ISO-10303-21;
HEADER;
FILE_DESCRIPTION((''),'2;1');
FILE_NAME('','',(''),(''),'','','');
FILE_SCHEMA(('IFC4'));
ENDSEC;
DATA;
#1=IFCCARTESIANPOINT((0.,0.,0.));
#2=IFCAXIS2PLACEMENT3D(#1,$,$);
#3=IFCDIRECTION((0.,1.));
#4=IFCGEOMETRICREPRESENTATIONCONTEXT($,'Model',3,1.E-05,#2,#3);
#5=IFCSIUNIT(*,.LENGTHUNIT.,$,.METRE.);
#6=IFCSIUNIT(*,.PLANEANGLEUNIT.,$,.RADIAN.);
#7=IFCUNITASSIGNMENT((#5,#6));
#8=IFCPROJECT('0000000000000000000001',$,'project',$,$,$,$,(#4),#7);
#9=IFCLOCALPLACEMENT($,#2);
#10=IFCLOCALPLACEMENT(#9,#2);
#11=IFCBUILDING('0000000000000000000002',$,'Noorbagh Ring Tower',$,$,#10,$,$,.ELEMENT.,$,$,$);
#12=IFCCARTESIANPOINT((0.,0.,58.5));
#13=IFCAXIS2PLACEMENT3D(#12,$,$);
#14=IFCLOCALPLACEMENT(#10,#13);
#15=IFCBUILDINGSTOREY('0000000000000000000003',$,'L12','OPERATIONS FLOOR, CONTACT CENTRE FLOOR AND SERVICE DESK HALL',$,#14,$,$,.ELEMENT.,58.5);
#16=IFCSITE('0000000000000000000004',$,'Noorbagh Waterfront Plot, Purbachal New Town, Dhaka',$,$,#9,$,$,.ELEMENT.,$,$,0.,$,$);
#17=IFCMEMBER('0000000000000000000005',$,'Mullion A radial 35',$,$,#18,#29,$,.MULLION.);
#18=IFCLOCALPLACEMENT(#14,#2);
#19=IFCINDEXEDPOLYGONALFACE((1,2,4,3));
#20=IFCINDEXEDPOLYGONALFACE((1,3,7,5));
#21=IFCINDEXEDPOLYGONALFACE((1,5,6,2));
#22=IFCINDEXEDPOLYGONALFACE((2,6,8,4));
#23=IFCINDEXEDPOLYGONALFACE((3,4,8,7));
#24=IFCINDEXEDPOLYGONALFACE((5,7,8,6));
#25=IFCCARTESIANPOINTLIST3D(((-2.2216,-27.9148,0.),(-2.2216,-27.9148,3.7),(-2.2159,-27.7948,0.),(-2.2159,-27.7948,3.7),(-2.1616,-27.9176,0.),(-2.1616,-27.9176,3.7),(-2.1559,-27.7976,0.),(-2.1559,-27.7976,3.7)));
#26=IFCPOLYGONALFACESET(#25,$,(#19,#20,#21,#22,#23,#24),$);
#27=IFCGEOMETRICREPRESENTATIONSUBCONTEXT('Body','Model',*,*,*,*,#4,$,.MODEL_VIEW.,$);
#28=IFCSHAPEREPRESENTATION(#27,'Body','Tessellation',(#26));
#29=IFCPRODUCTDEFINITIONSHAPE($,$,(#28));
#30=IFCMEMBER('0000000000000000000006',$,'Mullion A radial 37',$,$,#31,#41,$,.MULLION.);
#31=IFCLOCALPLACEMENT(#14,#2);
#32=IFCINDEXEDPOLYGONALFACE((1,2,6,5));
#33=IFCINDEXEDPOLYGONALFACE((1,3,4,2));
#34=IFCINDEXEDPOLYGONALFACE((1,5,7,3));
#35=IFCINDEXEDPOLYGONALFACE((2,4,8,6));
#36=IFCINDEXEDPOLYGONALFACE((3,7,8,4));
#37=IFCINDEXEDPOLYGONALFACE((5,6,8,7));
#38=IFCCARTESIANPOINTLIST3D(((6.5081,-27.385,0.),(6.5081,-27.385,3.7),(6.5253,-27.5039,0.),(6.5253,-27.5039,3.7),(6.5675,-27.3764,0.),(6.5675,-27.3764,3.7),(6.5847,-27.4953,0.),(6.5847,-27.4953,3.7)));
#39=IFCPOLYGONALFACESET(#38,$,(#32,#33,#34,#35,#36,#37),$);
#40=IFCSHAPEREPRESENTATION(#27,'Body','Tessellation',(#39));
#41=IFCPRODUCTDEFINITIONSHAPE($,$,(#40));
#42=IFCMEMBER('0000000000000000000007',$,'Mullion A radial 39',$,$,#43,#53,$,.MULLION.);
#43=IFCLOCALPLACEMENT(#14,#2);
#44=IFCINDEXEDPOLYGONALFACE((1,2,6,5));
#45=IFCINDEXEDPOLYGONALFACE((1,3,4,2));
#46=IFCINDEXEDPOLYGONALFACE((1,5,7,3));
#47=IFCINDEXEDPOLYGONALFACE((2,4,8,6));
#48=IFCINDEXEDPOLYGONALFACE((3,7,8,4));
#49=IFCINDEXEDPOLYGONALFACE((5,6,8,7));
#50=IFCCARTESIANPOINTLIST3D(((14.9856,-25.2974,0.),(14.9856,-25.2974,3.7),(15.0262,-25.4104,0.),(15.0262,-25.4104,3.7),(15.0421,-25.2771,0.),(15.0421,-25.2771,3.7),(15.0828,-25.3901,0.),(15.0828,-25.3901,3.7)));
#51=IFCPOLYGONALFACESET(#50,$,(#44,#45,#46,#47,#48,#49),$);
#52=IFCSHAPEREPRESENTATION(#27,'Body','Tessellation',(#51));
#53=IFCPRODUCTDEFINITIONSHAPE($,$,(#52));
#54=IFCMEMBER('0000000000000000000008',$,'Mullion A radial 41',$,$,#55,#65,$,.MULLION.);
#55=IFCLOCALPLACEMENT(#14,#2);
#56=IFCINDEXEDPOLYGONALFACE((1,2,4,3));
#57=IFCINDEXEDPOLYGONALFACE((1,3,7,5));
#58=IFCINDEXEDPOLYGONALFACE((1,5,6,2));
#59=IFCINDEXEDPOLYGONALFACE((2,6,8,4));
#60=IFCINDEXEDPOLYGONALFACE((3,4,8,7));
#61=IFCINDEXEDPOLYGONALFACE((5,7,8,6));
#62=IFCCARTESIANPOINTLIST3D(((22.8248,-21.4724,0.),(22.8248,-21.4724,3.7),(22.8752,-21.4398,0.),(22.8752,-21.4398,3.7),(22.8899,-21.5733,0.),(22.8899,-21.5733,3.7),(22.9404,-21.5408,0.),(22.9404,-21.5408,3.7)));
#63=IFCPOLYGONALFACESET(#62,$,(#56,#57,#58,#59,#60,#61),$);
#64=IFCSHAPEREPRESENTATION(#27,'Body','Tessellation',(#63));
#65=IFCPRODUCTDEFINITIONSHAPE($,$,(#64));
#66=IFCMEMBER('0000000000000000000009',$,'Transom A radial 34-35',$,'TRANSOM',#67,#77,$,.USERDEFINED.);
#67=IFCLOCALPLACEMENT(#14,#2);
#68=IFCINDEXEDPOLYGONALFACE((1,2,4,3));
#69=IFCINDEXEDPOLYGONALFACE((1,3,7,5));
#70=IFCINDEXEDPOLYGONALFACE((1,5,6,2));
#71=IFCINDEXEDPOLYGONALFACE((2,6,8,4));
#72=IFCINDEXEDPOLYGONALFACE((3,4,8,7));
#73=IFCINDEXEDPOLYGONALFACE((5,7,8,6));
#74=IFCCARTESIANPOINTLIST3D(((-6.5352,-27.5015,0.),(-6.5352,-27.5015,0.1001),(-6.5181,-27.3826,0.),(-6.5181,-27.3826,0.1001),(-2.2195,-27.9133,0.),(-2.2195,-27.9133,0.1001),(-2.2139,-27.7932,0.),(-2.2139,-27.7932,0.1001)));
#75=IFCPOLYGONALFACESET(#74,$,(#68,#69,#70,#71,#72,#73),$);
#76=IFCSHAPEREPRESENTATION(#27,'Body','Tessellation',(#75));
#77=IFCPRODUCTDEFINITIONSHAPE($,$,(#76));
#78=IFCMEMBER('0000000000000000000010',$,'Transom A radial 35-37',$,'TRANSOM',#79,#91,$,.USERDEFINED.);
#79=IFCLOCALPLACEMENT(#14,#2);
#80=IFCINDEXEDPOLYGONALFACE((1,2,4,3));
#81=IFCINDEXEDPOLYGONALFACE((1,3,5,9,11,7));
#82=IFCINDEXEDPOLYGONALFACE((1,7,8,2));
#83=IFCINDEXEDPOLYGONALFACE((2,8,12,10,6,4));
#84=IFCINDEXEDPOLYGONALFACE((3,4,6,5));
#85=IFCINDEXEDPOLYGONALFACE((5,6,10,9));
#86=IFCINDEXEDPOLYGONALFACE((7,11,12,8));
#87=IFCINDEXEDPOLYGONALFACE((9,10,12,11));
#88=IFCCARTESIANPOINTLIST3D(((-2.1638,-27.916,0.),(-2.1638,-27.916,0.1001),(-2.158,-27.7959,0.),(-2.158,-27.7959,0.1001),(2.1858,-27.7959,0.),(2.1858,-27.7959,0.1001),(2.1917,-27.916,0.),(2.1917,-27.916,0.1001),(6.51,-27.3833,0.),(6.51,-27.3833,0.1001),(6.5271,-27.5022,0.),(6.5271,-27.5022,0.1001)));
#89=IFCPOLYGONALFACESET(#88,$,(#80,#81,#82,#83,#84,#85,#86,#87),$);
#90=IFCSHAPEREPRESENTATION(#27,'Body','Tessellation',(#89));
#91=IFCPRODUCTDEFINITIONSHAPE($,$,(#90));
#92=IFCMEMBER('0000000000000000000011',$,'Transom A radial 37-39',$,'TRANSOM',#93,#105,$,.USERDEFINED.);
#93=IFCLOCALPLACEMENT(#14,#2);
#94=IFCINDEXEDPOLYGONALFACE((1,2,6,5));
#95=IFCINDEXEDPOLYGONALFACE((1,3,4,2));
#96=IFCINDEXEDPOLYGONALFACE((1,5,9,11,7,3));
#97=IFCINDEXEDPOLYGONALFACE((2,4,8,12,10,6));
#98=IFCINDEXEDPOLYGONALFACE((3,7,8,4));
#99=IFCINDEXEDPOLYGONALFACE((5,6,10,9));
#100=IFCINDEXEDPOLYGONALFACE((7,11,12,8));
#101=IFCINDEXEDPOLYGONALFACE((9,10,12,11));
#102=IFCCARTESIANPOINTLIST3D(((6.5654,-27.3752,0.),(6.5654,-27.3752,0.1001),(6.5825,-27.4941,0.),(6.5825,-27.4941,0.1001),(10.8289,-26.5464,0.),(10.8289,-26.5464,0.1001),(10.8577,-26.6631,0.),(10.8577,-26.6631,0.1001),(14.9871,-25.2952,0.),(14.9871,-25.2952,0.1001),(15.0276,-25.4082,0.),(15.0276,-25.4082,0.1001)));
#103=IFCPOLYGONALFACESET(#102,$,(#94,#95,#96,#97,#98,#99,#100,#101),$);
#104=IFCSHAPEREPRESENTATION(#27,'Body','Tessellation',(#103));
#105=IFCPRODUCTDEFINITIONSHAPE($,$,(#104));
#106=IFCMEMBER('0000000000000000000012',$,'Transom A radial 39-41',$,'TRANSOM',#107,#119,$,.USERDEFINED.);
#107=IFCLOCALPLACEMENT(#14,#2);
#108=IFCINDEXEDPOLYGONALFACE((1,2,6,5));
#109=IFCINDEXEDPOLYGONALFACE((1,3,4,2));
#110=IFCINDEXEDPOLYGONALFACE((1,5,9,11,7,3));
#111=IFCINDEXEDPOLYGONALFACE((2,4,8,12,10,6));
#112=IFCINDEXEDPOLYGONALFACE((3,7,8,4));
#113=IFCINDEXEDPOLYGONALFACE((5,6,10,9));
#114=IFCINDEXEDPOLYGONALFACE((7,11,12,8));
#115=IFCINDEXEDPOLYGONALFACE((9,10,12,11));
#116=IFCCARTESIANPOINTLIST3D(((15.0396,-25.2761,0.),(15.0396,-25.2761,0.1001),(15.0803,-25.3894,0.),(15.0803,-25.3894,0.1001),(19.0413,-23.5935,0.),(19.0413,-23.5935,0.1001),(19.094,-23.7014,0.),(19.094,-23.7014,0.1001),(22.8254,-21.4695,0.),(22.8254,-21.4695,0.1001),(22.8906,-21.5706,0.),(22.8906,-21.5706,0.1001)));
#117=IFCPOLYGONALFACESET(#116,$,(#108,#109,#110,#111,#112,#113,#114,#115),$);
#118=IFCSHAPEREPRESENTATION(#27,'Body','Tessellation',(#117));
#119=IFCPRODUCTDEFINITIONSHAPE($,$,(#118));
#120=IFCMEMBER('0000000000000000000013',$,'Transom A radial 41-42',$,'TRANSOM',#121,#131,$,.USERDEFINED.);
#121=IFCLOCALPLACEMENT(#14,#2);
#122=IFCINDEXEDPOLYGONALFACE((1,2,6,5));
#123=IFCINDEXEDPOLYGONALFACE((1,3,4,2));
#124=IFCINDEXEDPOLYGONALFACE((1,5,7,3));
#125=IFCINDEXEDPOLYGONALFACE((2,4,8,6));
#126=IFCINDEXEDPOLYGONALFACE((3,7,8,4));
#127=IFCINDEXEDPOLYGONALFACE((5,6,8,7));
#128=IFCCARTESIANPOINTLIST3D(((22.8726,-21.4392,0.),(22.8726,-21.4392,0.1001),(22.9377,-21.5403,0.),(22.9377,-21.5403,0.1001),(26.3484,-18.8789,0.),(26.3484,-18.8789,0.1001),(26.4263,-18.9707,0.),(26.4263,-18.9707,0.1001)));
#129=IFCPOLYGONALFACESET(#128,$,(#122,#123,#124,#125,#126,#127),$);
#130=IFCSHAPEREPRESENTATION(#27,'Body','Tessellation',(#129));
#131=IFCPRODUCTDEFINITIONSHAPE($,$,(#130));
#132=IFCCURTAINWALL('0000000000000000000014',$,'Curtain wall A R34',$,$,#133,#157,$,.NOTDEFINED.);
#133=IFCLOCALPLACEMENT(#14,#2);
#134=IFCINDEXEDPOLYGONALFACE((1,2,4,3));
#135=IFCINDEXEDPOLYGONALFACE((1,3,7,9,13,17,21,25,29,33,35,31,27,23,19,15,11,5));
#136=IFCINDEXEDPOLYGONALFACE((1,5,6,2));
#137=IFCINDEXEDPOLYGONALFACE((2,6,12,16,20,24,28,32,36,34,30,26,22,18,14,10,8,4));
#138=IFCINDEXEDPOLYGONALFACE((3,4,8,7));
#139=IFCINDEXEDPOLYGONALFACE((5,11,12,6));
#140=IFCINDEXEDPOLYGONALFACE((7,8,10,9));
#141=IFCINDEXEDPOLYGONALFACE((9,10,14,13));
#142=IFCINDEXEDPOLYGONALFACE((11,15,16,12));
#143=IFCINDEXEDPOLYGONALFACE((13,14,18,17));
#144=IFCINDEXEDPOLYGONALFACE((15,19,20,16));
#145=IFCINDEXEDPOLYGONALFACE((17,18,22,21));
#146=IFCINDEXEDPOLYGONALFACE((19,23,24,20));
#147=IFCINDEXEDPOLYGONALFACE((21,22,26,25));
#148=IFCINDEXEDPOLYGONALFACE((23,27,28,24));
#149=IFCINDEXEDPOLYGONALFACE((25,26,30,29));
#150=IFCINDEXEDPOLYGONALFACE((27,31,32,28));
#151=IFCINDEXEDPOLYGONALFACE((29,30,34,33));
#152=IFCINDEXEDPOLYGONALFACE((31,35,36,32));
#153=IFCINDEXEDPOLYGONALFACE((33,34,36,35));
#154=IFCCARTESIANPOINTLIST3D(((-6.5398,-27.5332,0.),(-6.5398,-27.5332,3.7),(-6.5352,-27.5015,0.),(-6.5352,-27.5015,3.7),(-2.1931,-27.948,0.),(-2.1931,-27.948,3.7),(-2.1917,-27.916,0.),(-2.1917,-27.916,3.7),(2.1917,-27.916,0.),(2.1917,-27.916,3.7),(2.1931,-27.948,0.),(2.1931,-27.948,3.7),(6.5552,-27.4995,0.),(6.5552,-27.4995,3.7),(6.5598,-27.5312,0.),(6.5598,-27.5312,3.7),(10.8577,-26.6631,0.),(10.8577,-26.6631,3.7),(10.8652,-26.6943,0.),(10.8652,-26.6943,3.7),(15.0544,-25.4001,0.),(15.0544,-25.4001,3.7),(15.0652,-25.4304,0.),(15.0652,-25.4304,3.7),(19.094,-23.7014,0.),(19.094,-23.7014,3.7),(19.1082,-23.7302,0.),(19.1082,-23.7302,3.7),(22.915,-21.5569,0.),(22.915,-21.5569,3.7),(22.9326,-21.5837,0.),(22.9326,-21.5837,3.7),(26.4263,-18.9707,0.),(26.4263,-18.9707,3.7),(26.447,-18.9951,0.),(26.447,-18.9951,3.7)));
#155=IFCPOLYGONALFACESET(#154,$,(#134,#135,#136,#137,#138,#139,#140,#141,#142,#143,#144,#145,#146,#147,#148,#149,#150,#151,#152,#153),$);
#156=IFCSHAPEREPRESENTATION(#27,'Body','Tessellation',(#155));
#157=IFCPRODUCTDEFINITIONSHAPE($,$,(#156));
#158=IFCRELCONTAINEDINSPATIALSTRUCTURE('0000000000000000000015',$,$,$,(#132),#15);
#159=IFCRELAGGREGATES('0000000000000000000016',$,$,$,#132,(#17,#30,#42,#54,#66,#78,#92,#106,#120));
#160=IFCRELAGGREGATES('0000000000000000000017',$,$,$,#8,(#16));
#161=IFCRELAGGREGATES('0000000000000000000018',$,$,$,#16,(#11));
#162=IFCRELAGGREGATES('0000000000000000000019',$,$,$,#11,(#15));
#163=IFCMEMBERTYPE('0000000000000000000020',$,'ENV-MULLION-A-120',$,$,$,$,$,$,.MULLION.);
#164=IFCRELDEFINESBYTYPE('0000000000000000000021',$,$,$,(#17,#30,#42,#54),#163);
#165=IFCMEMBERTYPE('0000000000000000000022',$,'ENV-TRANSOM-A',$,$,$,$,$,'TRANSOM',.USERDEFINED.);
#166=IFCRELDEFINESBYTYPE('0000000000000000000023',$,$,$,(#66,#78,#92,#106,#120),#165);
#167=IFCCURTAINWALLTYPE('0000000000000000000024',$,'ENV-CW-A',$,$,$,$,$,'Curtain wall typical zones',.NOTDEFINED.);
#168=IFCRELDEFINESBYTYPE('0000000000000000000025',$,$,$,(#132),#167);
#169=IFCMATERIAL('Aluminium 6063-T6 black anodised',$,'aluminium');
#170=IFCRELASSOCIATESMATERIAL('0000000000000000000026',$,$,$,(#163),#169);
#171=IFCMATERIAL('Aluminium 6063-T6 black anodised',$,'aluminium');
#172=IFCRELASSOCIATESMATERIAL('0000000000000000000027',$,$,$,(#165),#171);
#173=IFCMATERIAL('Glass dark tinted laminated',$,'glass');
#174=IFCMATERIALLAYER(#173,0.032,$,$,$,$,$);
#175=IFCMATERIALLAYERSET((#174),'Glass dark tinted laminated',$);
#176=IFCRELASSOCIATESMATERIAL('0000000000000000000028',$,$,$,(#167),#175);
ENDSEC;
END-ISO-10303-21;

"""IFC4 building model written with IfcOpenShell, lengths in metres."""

from ifc_helpers import new_model, si_unit, direction, frame, origin, origin_2d, place, context, subcontext, project, spatial, polyline, rectangle, outline, extrude, material, layer, layer_set, material_profile, profile_set, type_object, element, aggregate, save


model = new_model("IFC4")

# Units and contexts
model_context = context("Model", 3, precision=1e-05, world=origin(), true_north=direction((0.0, 1.0)))
body_context = subcontext(model_context, "Body", "Model", "MODEL_VIEW")
ifc_project = project(units=[si_unit("LENGTHUNIT", "METRE"), si_unit("PLANEANGLEUNIT", "RADIAN")], contexts=[model_context])

# Members
ifc_material_1 = material(Name="Aluminium 6063-T6 black anodised", Category="aluminium")
ifc_material_profile_1 = material_profile(ifc_material_1, rectangle(XDim=0.1201, YDim=0.0601, at=origin_2d()), Name="120x60")
ifc_profile_set_1 = profile_set([ifc_material_profile_1], Name="Aluminium 6063-T6 black anodised")
member_type_1 = type_object("IfcMemberType", Name="ENV-MULLION-A-120", PredefinedType="MULLION", material=ifc_profile_set_1)
site_placement = place(None, origin())
building_placement = place(site_placement, origin())
storey_placement = place(building_placement, frame((0.0, 0.0, 58.5)))
member_1_placement = place(storey_placement, frame((-2.1887, -27.8562, 0.0), z_axis=(0.0, 0.0, 1.0), x_axis=(0.047558, 0.998868, 0.0)))
member_1 = element("IfcMember", 1, at=member_1_placement, type_object=member_type_1, Name="Mullion A radial 35", PredefinedType="MULLION", context=body_context, shape_type="SweptSolid", body=[
    extrude(rectangle(XDim=0.1201, YDim=0.0601, at=origin_2d()), origin(), (0.0, 0.0, 1.0), 3.7),
])
member_2_placement = place(storey_placement, frame((6.5464, -27.4402, 0.0), z_axis=(0.0, 0.0, 1.0), x_axis=(-0.143082, 0.989711, 0.0)))
member_2 = element("IfcMember", 2, at=member_2_placement, type_object=member_type_1, Name="Mullion A radial 37", PredefinedType="MULLION", context=body_context, shape_type="SweptSolid", body=[
    extrude(rectangle(XDim=0.1201, YDim=0.0601, at=origin_2d()), origin(), (0.0, 0.0, 1.0), 3.7),
])
member_3_placement = place(storey_placement, frame((15.0342, -25.3438, 0.0), z_axis=(0.0, 0.0, 1.0), x_axis=(-0.338379, 0.94101, 0.0)))
member_3 = element("IfcMember", 3, at=member_3_placement, type_object=member_type_1, Name="Mullion A radial 39", PredefinedType="MULLION", context=body_context, shape_type="SweptSolid", body=[
    extrude(rectangle(XDim=0.1201, YDim=0.0601, at=origin_2d()), origin(), (0.0, 0.0, 1.0), 3.7),
])
member_4_placement = place(storey_placement, frame((22.8826, -21.5066, 0.0), z_axis=(0.0, 0.0, 1.0), x_axis=(-0.542279, 0.840198, 0.0)))
member_4 = element("IfcMember", 4, at=member_4_placement, type_object=member_type_1, Name="Mullion A radial 41", PredefinedType="MULLION", context=body_context, shape_type="SweptSolid", body=[
    extrude(rectangle(XDim=0.1201, YDim=0.0601, at=origin_2d()), origin(), (0.0, 0.0, 1.0), 3.7),
])
ifc_material_2 = material(Name="Aluminium 6063-T6 black anodised", Category="aluminium")
member_type_2 = type_object("IfcMemberType", Name="ENV-TRANSOM-A", ElementType="TRANSOM", PredefinedType="USERDEFINED", material=ifc_material_2)
member_5_placement = place(storey_placement, origin())
member_5 = element("IfcMember", 5, at=member_5_placement, type_object=member_type_2, Name="Transom A radial 34-35", ObjectType="TRANSOM", PredefinedType="USERDEFINED", context=body_context, shape_type="SweptSolid", body=[
    extrude(outline(polyline([(-6.5352, -27.5015), (-2.2195, -27.9133), (-2.2139, -27.7932), (-6.5181, -27.3826), (-6.5352, -27.5015)])), origin(), (0.0, 0.0, 1.0), 0.1001),
])
member_6_placement = place(storey_placement, origin())
member_6 = element("IfcMember", 6, at=member_6_placement, type_object=member_type_2, Name="Transom A radial 35-37", ObjectType="TRANSOM", PredefinedType="USERDEFINED", context=body_context, shape_type="SweptSolid", body=[
    extrude(outline(polyline([(-2.1638, -27.916), (2.1917, -27.916), (6.5271, -27.5022), (6.51, -27.3833), (2.1858, -27.7959), (-2.158, -27.7959), (-2.1638, -27.916)])), origin(), (0.0, 0.0, 1.0), 0.1001),
])
member_7_placement = place(storey_placement, origin())
member_7 = element("IfcMember", 7, at=member_7_placement, type_object=member_type_2, Name="Transom A radial 37-39", ObjectType="TRANSOM", PredefinedType="USERDEFINED", context=body_context, shape_type="SweptSolid", body=[
    extrude(outline(polyline([(6.5825, -27.4941), (10.8577, -26.6631), (15.0276, -25.4082), (14.9871, -25.2952), (10.8289, -26.5464), (6.5654, -27.3752), (6.5825, -27.4941)])), origin(), (0.0, 0.0, 1.0), 0.1001),
])
member_8_placement = place(storey_placement, origin())
member_8 = element("IfcMember", 8, at=member_8_placement, type_object=member_type_2, Name="Transom A radial 39-41", ObjectType="TRANSOM", PredefinedType="USERDEFINED", context=body_context, shape_type="SweptSolid", body=[
    extrude(outline(polyline([(15.0803, -25.3894), (19.094, -23.7014), (22.8906, -21.5706), (22.8254, -21.4695), (19.0413, -23.5935), (15.0396, -25.2761), (15.0803, -25.3894)])), origin(), (0.0, 0.0, 1.0), 0.1001),
])
member_9_placement = place(storey_placement, origin())
member_9 = element("IfcMember", 9, at=member_9_placement, type_object=member_type_2, Name="Transom A radial 41-42", ObjectType="TRANSOM", PredefinedType="USERDEFINED", context=body_context, shape_type="SweptSolid", body=[
    extrude(outline(polyline([(22.9377, -21.5403), (26.4263, -18.9707), (26.3484, -18.8789), (22.8726, -21.4392), (22.9377, -21.5403)])), origin(), (0.0, 0.0, 1.0), 0.1001),
])

# Site, building, storey
site = spatial("IfcSite", under=ifc_project, at=site_placement, Name="Noorbagh Waterfront Plot, Purbachal New Town, Dhaka", CompositionType="ELEMENT", RefElevation=0.0)
building = spatial("IfcBuilding", under=site, at=building_placement, Name="Noorbagh Ring Tower", CompositionType="ELEMENT")
storey = spatial("IfcBuildingStorey", under=building, at=storey_placement, Name="L12", Description="OPERATIONS FLOOR, CONTACT CENTRE FLOOR AND SERVICE DESK HALL", CompositionType="ELEMENT", Elevation=58.5)

# Curtain wall
ifc_material_3 = material(Name="Glass dark tinted laminated", Category="glass")
ifc_layer_1 = layer(ifc_material_3, 0.032)
ifc_layer_set_1 = layer_set([ifc_layer_1], Name="Glass dark tinted laminated")
curtain_wall_type_1 = type_object("IfcCurtainWallType", Name="ENV-CW-A", ElementType="Curtain wall typical zones", PredefinedType="NOTDEFINED", material=ifc_layer_set_1)
curtain_wall_1_placement = place(storey_placement, origin())
curtain_wall_1 = element("IfcCurtainWall", 10, at=curtain_wall_1_placement, inside=storey, type_object=curtain_wall_type_1, Name="Curtain wall A R34", PredefinedType="NOTDEFINED", context=body_context, shape_type="SweptSolid", body=[
    extrude(outline(polyline([(-6.5398, -27.5332), (-2.1931, -27.948), (2.1931, -27.948), (6.5598, -27.5312), (10.8652, -26.6943), (15.0652, -25.4304), (19.1082, -23.7302), (22.9326, -21.5837), (26.447, -18.9951), (26.4263, -18.9707), (22.915, -21.5569), (19.094, -23.7014), (15.0544, -25.4001), (10.8577, -26.6631), (6.5552, -27.4995), (2.1917, -27.916), (-2.1917, -27.916), (-6.5352, -27.5015), (-6.5398, -27.5332)])), origin(), (0.0, 0.0, 1.0), 3.7),
])
aggregate(curtain_wall_1, [member_1, member_2, member_3, member_4, member_5, member_6, member_7, member_8, member_9])

save(model, "model.ifc")
